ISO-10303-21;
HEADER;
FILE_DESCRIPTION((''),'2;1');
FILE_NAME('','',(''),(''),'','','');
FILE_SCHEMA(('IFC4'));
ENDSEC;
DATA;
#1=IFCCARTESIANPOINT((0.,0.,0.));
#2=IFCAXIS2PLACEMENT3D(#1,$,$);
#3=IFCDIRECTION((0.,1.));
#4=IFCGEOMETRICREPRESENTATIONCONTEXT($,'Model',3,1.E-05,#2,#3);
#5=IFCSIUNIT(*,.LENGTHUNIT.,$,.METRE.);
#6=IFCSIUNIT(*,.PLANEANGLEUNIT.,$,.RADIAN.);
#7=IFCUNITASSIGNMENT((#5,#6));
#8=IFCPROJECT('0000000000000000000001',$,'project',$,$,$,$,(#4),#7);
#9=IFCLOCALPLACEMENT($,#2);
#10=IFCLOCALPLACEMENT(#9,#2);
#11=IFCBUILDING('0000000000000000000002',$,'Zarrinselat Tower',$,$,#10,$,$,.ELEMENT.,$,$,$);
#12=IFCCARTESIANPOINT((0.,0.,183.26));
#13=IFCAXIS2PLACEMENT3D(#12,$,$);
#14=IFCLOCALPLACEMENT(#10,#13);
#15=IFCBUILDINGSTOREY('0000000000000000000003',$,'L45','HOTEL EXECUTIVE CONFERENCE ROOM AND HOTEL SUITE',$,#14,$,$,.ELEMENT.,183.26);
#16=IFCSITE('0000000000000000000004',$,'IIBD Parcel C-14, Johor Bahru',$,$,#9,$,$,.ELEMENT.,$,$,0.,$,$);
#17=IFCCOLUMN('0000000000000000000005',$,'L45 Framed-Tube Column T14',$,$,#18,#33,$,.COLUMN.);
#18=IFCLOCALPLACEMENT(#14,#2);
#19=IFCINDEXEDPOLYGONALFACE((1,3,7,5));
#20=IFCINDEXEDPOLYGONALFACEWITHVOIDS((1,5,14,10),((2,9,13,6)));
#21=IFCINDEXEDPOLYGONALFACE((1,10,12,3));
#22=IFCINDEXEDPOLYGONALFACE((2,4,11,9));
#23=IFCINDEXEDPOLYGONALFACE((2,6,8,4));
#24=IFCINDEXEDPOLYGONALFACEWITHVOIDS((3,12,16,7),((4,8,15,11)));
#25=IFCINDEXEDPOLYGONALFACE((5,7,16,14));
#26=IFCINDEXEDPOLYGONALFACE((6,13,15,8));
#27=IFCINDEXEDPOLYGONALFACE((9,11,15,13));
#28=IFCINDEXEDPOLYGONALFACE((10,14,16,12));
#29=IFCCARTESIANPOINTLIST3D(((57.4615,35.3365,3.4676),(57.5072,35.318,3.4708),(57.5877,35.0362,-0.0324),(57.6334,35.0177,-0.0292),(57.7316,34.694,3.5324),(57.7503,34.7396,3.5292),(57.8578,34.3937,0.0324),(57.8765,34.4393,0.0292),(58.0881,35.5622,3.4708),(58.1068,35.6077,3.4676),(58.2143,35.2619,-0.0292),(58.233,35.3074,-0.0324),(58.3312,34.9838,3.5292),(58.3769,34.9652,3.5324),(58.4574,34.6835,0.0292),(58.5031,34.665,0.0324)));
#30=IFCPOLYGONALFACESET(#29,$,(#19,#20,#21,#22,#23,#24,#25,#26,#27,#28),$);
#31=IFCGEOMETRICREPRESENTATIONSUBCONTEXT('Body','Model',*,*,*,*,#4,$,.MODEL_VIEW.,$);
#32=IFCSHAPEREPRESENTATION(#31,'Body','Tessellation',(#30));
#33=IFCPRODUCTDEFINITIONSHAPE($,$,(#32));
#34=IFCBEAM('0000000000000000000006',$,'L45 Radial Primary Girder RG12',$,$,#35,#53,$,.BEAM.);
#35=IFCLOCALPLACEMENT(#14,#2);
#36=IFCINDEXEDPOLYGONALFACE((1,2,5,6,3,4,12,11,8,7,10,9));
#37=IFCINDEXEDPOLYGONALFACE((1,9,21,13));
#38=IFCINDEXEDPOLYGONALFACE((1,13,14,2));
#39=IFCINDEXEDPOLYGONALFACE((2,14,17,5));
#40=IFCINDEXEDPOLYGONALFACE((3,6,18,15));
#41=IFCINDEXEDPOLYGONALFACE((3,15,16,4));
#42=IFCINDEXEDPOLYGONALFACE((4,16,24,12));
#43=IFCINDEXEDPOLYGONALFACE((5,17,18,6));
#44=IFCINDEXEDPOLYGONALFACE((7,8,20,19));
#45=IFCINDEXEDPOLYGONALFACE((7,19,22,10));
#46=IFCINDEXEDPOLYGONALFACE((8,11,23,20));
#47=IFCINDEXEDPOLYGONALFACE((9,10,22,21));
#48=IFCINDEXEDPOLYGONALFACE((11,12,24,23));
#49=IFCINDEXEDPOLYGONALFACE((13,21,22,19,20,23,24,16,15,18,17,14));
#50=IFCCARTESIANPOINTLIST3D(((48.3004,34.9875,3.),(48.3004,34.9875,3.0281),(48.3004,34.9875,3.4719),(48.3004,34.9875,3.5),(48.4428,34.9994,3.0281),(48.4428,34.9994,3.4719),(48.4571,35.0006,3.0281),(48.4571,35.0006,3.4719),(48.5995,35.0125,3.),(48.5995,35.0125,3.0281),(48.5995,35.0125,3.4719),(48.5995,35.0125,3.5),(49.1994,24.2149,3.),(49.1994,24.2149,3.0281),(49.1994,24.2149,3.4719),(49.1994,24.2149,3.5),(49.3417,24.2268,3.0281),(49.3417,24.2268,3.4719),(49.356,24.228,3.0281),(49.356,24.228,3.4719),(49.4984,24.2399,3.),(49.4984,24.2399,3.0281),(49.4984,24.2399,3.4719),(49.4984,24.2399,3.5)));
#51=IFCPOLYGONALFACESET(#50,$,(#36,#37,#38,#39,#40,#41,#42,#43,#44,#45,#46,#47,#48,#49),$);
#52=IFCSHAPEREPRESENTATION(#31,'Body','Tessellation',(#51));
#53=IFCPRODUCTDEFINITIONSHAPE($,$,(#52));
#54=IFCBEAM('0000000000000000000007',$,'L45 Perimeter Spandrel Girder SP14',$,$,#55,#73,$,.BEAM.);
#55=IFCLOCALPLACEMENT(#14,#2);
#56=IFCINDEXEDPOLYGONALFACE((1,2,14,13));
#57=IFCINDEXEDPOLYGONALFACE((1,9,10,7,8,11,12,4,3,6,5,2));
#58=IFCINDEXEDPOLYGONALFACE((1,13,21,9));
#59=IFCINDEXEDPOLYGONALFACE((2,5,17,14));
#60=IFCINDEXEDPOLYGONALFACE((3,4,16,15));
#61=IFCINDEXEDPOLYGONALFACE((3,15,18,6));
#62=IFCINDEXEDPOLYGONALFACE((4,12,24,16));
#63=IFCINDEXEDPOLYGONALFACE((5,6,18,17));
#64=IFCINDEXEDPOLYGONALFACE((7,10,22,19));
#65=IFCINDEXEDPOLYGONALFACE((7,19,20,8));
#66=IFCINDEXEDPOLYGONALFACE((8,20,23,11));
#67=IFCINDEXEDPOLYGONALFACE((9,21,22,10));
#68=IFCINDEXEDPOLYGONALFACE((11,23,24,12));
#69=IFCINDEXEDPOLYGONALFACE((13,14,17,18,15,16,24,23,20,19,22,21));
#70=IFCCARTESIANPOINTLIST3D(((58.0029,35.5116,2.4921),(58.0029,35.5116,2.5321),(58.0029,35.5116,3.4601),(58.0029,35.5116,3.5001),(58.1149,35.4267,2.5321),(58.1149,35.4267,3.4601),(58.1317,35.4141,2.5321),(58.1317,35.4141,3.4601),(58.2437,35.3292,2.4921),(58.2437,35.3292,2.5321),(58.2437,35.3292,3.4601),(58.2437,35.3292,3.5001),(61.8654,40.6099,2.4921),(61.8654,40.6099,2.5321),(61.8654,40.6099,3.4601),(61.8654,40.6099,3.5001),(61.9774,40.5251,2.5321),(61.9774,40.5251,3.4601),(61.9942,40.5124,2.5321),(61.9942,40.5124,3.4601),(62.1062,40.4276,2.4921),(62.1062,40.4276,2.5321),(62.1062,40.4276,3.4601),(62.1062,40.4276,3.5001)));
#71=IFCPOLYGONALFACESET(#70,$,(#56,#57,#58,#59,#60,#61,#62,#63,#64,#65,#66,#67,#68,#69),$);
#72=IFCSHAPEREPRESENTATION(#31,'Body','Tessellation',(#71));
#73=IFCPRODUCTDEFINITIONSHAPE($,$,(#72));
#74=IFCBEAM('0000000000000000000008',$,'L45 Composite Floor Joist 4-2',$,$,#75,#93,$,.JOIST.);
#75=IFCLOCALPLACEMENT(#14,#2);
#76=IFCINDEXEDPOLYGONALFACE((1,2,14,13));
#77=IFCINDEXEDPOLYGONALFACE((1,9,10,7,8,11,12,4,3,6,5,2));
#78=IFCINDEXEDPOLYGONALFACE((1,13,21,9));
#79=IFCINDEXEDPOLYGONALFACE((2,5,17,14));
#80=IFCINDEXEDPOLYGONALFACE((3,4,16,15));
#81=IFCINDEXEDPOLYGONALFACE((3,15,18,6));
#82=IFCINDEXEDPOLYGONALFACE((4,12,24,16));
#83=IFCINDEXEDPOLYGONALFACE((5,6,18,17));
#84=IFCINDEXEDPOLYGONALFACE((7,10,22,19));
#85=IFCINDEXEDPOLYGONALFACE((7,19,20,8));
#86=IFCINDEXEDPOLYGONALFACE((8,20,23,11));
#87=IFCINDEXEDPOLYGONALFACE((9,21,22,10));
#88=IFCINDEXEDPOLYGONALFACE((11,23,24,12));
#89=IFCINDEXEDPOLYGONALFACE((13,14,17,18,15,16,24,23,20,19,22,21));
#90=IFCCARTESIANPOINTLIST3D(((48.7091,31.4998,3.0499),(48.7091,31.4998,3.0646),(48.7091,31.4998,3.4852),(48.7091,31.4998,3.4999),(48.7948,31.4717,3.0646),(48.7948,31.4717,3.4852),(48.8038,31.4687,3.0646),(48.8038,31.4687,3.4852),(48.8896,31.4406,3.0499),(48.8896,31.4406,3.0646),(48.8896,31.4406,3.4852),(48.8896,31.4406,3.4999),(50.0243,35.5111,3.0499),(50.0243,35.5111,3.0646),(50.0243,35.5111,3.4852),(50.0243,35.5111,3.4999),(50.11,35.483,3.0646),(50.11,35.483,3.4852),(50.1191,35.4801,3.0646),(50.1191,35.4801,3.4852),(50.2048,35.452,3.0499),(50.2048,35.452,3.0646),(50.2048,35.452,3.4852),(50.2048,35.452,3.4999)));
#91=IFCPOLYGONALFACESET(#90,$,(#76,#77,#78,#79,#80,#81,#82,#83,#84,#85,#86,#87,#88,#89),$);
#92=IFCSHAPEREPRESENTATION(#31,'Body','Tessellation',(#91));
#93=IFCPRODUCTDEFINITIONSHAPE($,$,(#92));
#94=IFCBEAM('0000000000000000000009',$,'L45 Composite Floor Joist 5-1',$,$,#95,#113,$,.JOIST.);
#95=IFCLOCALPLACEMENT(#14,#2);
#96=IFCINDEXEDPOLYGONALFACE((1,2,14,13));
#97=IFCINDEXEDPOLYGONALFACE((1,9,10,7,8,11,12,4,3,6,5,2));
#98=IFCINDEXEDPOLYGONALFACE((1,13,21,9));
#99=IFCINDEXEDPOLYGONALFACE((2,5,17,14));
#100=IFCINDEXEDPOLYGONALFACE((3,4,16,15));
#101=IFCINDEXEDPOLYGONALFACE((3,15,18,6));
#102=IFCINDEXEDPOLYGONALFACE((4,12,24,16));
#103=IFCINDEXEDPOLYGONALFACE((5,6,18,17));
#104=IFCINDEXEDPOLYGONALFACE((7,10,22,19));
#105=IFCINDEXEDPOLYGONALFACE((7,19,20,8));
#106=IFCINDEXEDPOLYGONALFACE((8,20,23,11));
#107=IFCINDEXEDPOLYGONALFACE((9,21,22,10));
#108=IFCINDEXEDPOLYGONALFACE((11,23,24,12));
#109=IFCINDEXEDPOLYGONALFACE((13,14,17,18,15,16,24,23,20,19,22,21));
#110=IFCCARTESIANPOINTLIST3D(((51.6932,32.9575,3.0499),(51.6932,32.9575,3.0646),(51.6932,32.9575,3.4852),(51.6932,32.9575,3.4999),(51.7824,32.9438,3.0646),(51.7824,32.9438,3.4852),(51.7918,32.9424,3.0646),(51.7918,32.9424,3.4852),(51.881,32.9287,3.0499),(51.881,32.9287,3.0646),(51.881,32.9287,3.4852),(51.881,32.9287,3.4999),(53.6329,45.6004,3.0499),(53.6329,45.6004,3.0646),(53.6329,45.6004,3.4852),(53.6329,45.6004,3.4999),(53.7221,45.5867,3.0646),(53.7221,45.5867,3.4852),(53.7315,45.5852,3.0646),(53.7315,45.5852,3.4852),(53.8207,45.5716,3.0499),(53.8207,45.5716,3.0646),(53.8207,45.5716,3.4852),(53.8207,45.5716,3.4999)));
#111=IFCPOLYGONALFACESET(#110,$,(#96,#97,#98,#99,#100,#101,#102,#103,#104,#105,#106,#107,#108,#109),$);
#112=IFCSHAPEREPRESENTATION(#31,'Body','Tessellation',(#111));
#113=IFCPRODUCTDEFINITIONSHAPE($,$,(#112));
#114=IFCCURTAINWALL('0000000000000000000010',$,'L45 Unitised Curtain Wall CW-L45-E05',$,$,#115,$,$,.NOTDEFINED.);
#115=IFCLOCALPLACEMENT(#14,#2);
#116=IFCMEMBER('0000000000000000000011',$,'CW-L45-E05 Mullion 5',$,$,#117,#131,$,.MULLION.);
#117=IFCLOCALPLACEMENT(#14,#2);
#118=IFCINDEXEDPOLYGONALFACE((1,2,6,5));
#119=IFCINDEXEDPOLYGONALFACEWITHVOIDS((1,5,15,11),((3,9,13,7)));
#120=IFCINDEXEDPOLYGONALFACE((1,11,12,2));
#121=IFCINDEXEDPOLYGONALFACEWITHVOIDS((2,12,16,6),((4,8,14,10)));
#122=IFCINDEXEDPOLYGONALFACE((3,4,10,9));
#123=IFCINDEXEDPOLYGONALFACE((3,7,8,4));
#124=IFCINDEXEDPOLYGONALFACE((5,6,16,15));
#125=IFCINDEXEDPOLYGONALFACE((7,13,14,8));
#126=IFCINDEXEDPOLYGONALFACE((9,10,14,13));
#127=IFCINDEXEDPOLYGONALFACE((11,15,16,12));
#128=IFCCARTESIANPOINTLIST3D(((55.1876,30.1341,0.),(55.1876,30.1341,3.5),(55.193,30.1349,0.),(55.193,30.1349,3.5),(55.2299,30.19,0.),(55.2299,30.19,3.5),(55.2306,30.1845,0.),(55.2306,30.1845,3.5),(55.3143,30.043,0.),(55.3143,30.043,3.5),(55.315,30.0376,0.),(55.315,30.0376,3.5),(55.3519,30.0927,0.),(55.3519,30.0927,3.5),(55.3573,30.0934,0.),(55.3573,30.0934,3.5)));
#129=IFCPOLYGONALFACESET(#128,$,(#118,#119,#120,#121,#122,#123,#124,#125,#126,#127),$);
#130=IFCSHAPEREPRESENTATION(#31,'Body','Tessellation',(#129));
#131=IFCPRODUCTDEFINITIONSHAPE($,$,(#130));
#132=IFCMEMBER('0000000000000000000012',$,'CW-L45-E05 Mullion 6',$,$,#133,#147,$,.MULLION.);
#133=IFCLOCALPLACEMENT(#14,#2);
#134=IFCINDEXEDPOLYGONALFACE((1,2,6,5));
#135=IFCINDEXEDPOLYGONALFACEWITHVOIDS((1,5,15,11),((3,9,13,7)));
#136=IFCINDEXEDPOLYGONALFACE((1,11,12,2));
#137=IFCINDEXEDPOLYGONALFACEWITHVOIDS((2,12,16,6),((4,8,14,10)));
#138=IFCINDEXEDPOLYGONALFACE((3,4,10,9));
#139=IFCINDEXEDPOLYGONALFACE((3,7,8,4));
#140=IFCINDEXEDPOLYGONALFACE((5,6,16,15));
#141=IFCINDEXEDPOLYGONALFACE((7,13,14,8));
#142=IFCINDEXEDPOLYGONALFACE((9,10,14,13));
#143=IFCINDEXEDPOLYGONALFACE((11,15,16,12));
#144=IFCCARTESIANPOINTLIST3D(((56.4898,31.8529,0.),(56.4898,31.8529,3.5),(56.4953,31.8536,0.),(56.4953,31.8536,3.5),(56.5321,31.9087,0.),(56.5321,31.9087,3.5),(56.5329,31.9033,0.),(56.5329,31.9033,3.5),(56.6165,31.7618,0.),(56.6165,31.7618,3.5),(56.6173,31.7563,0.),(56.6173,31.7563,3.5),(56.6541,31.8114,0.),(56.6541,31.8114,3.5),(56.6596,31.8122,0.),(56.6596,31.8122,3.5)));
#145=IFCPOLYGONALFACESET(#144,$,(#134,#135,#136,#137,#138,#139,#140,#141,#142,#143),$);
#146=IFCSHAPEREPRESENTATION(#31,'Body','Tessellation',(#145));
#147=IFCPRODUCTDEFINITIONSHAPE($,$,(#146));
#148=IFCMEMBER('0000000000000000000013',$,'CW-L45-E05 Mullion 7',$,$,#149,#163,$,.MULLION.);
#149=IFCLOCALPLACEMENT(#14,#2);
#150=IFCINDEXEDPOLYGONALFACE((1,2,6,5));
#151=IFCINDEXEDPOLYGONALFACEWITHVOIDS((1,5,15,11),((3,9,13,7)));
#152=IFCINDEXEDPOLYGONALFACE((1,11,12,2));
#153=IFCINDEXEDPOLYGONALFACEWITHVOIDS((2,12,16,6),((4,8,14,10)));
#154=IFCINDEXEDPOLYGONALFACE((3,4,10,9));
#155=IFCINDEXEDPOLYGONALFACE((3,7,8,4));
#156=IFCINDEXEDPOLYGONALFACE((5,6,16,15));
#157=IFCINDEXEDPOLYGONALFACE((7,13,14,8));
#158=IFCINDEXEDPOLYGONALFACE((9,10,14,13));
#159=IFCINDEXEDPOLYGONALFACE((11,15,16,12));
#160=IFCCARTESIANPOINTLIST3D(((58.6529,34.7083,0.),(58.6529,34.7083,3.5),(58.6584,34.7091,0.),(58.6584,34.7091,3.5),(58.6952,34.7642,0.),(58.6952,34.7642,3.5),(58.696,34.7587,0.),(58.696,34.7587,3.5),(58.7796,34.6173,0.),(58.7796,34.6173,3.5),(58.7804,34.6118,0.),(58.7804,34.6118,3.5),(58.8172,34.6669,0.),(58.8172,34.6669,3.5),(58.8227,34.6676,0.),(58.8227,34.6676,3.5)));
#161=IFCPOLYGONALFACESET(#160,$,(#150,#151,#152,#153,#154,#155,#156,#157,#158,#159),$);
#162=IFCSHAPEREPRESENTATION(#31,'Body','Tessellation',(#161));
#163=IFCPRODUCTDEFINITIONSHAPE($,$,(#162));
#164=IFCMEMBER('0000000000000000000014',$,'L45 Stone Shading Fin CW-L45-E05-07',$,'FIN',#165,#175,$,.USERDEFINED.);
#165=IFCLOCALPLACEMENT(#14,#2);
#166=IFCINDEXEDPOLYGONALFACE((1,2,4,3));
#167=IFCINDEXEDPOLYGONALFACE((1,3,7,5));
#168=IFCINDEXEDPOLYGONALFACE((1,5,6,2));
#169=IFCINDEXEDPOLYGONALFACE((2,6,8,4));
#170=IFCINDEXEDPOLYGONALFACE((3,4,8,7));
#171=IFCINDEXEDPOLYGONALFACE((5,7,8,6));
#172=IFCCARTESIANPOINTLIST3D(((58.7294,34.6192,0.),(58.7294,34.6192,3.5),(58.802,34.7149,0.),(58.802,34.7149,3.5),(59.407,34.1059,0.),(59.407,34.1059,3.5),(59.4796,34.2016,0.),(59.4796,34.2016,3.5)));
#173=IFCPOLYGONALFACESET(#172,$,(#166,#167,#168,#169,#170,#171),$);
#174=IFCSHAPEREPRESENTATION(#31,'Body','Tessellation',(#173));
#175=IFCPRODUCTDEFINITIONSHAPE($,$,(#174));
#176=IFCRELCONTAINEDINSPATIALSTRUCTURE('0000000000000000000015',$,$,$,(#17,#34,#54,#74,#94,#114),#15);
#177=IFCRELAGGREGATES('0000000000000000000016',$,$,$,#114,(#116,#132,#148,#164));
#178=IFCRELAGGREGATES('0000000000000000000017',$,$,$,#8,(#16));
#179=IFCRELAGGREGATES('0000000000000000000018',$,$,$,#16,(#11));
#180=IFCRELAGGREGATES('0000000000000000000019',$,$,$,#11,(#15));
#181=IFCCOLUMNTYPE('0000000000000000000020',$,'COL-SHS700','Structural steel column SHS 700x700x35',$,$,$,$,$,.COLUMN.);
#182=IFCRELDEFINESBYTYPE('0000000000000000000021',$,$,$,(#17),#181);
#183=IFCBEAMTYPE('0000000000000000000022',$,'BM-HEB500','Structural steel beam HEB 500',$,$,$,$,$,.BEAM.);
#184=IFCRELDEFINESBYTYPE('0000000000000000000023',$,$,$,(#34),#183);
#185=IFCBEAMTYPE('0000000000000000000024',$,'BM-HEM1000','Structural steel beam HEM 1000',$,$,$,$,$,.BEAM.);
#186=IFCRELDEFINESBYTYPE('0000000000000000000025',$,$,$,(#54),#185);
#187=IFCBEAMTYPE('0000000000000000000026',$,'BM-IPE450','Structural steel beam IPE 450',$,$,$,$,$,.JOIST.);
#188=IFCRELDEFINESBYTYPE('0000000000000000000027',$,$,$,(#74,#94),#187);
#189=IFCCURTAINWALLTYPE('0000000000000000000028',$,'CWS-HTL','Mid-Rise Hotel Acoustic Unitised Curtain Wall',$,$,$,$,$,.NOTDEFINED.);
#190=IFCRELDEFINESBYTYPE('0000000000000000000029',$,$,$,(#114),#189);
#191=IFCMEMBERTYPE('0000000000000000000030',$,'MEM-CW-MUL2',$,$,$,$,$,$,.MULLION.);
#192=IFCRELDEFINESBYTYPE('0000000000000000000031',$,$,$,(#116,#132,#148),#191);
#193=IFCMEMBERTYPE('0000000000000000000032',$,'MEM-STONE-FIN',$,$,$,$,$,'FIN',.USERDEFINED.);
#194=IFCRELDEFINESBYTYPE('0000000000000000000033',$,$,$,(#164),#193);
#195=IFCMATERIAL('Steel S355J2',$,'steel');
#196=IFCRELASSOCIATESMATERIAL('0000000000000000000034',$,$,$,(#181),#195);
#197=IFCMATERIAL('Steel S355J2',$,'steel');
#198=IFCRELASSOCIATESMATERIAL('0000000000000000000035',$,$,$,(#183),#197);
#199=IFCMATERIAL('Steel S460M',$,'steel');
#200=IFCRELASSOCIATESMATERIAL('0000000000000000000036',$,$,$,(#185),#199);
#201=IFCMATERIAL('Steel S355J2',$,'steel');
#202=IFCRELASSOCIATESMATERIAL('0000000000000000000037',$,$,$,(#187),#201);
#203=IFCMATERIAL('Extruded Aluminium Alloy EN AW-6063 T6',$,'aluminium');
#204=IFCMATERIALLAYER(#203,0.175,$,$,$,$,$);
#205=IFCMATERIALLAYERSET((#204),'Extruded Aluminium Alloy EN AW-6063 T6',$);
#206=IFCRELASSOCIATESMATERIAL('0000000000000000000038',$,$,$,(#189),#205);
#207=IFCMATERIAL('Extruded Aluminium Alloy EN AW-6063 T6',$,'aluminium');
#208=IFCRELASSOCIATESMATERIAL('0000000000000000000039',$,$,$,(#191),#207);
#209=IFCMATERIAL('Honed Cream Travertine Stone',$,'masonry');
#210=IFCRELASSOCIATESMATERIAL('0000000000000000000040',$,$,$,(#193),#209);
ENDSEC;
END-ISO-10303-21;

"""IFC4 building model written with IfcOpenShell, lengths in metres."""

from ifc_helpers import new_model, si_unit, direction, frame, origin, origin_2d, place, context, subcontext, project, spatial, rectangle, hollow_rectangle, i_section, extrude, material, layer, layer_set, material_profile, profile_set, type_object, element, aggregate, save


model = new_model("IFC4")

# Units and contexts
model_context = context("Model", 3, precision=1e-05, world=origin(), true_north=direction((0.0, 1.0)))
body_context = subcontext(model_context, "Body", "Model", "MODEL_VIEW")
ifc_project = project(units=[si_unit("LENGTHUNIT", "METRE"), si_unit("PLANEANGLEUNIT", "RADIAN")], contexts=[model_context])

# Site, building, storey
site_placement = place(None, origin())
site = spatial("IfcSite", under=ifc_project, at=site_placement, Name="IIBD Parcel C-14, Johor Bahru", CompositionType="ELEMENT", RefElevation=0.0)
building_placement = place(site_placement, origin())
building = spatial("IfcBuilding", under=site, at=building_placement, Name="Zarrinselat Tower", CompositionType="ELEMENT")
storey_placement = place(building_placement, frame((0.0, 0.0, 183.26)))
storey = spatial("IfcBuildingStorey", under=building, at=storey_placement, Name="L45", Description="HOTEL EXECUTIVE CONFERENCE ROOM AND HOTEL SUITE", CompositionType="ELEMENT", Elevation=183.26)

# Column
ifc_material_1 = material(Name="Steel S355J2", Category="steel")
ifc_material_profile_1 = material_profile(ifc_material_1, hollow_rectangle(XDim=0.7, YDim=0.7, WallThickness=0.0349, at=origin_2d()), Name="SHS 700x700x35")
ifc_profile_set_1 = profile_set([ifc_material_profile_1], Name="Steel S355J2")
column_type = type_object("IfcColumnType", Name="COL-SHS700", Description="Structural steel column SHS 700x700x35", PredefinedType="COLUMN", material=ifc_profile_set_1)
column_placement = place(storey_placement, frame((58.0454, 34.8506, 0.0), z_axis=(-0.035908, 0.085429, 0.995697), x_axis=(-0.921875, -0.387487, 0.0)))
element("IfcColumn", 1, at=column_placement, inside=storey, type_object=column_type, Name="L45 Framed-Tube Column T14", PredefinedType="COLUMN", context=body_context, shape_type="SweptSolid", body=[
    extrude(hollow_rectangle(XDim=0.7, YDim=0.7, WallThickness=0.0349, at=origin_2d()), origin(), (0.0, 0.0, 1.0), 3.5151),
])

# Beams
ifc_material_2 = material(Name="Steel S355J2", Category="steel")
ifc_material_profile_2 = material_profile(ifc_material_2, i_section(OverallWidth=0.3, OverallDepth=0.5, WebThickness=0.0144, FlangeThickness=0.0281, at=origin_2d()), Name="HEB 500")
ifc_profile_set_2 = profile_set([ifc_material_profile_2], Name="Steel S355J2")
beam_type_1 = type_object("IfcBeamType", Name="BM-HEB500", Description="Structural steel beam HEB 500", PredefinedType="BEAM", material=ifc_profile_set_2)
beam_1_placement = place(storey_placement, frame((48.45, 35.0, 3.25), z_axis=(0.083156, -0.996537, 0.0), x_axis=(0.996537, 0.083156, 0.0)))
element("IfcBeam", 2, at=beam_1_placement, inside=storey, type_object=beam_type_1, Name="L45 Radial Primary Girder RG12", PredefinedType="BEAM", context=body_context, shape_type="SweptSolid", body=[
    extrude(i_section(OverallWidth=0.3, OverallDepth=0.5, WebThickness=0.0144, FlangeThickness=0.0281, at=origin_2d()), origin(), (0.0, 0.0, 1.0), 10.8101),
])
ifc_material_3 = material(Name="Steel S460M", Category="steel")
ifc_material_profile_3 = material_profile(ifc_material_3, i_section(OverallWidth=0.302, OverallDepth=1.0081, WebThickness=0.021, FlangeThickness=0.04, at=origin_2d()), Name="HEM 1000")
ifc_profile_set_3 = profile_set([ifc_material_profile_3], Name="Steel S460M")
beam_type_2 = type_object("IfcBeamType", Name="BM-HEM1000", Description="Structural steel beam HEM 1000", PredefinedType="BEAM", material=ifc_profile_set_3)
beam_2_placement = place(storey_placement, frame((58.1233, 35.4204, 2.9961), z_axis=(0.603871, 0.797082, 0.0), x_axis=(-0.797082, 0.603871, 0.0)))
element("IfcBeam", 3, at=beam_2_placement, inside=storey, type_object=beam_type_2, Name="L45 Perimeter Spandrel Girder SP14", PredefinedType="BEAM", context=body_context, shape_type="SweptSolid", body=[
    extrude(i_section(OverallWidth=0.302, OverallDepth=1.0081, WebThickness=0.021, FlangeThickness=0.04, at=origin_2d()), origin(), (0.0, 0.0, 1.0), 6.3962),
])
ifc_material_4 = material(Name="Steel S355J2", Category="steel")
ifc_material_profile_4 = material_profile(ifc_material_4, i_section(OverallWidth=0.1899, OverallDepth=0.45, WebThickness=0.0095, FlangeThickness=0.0146, at=origin_2d()), Name="IPE 450")
ifc_profile_set_4 = profile_set([ifc_material_profile_4], Name="Steel S355J2")
beam_type_3 = type_object("IfcBeamType", Name="BM-IPE450", Description="Structural steel beam IPE 450", PredefinedType="JOIST", material=ifc_profile_set_4)
beam_3_placement = place(storey_placement, frame((48.7993, 31.4702, 3.2749), z_axis=(0.311557, 0.950228, 0.0), x_axis=(-0.950228, 0.311557, 0.0)))
element("IfcBeam", 4, at=beam_3_placement, inside=storey, type_object=beam_type_3, Name="L45 Composite Floor Joist 4-2", PredefinedType="JOIST", context=body_context, shape_type="SweptSolid", body=[
    extrude(i_section(OverallWidth=0.1899, OverallDepth=0.45, WebThickness=0.0095, FlangeThickness=0.0146, at=origin_2d()), origin(), (0.0, 0.0, 1.0), 4.2214),
])
beam_4_placement = place(storey_placement, frame((51.7871, 32.9431, 3.2749), z_axis=(0.151648, 0.988435, 0.0), x_axis=(-0.988435, 0.151648, 0.0)))
element("IfcBeam", 5, at=beam_4_placement, inside=storey, type_object=beam_type_3, Name="L45 Composite Floor Joist 5-1", PredefinedType="JOIST", context=body_context, shape_type="SweptSolid", body=[
    extrude(i_section(OverallWidth=0.1899, OverallDepth=0.45, WebThickness=0.0095, FlangeThickness=0.0146, at=origin_2d()), origin(), (0.0, 0.0, 1.0), 12.7908),
])

# Curtain wall, members
ifc_material_5 = material(Name="Extruded Aluminium Alloy EN AW-6063 T6", Category="aluminium")
ifc_layer_1 = layer(ifc_material_5, 0.175)
ifc_layer_set_1 = layer_set([ifc_layer_1], Name="Extruded Aluminium Alloy EN AW-6063 T6")
curtain_wall_type = type_object("IfcCurtainWallType", Name="CWS-HTL", Description="Mid-Rise Hotel Acoustic Unitised Curtain Wall", PredefinedType="NOTDEFINED", material=ifc_layer_set_1)
curtain_wall_placement = place(storey_placement, origin())
curtain_wall = element("IfcCurtainWall", 6, at=curtain_wall_placement, inside=storey, type_object=curtain_wall_type, Name="L45 Unitised Curtain Wall CW-L45-E05", PredefinedType="NOTDEFINED")
ifc_material_6 = material(Name="Extruded Aluminium Alloy EN AW-6063 T6", Category="aluminium")
ifc_material_profile_5 = material_profile(ifc_material_6, hollow_rectangle(XDim=0.0701, YDim=0.1599, WallThickness=0.0039, at=origin_2d()), Name="RHS 160x70x4")
ifc_profile_set_5 = profile_set([ifc_material_profile_5], Name="Extruded Aluminium Alloy EN AW-6063 T6")
member_type_1 = type_object("IfcMemberType", Name="MEM-CW-MUL2", PredefinedType="MULLION", material=ifc_profile_set_5)
member_1_placement = place(storey_placement, frame((55.2725, 30.1138, 0.0), z_axis=(0.0, 0.0, 1.0), x_axis=(0.603859, 0.797091, 0.0)))
member_1 = element("IfcMember", 7, at=member_1_placement, type_object=member_type_1, Name="CW-L45-E05 Mullion 5", PredefinedType="MULLION", context=body_context, shape_type="SweptSolid", body=[
    extrude(hollow_rectangle(XDim=0.0701, YDim=0.1599, WallThickness=0.0039, at=origin_2d()), origin(), (0.0, 0.0, 1.0), 3.5),
])
member_2_placement = place(storey_placement, frame((56.5747, 31.8325, 0.0), z_axis=(0.0, 0.0, 1.0), x_axis=(0.603859, 0.797091, 0.0)))
member_2 = element("IfcMember", 8, at=member_2_placement, type_object=member_type_1, Name="CW-L45-E05 Mullion 6", PredefinedType="MULLION", context=body_context, shape_type="SweptSolid", body=[
    extrude(hollow_rectangle(XDim=0.0701, YDim=0.1599, WallThickness=0.0039, at=origin_2d()), origin(), (0.0, 0.0, 1.0), 3.5),
])
member_3_placement = place(storey_placement, frame((58.7378, 34.688, 0.0), z_axis=(0.0, 0.0, 1.0), x_axis=(0.603859, 0.797091, 0.0)))
member_3 = element("IfcMember", 9, at=member_3_placement, type_object=member_type_1, Name="CW-L45-E05 Mullion 7", PredefinedType="MULLION", context=body_context, shape_type="SweptSolid", body=[
    extrude(hollow_rectangle(XDim=0.0701, YDim=0.1599, WallThickness=0.0039, at=origin_2d()), origin(), (0.0, 0.0, 1.0), 3.5),
])
ifc_material_7 = material(Name="Honed Cream Travertine Stone", Category="masonry")
ifc_material_profile_6 = material_profile(ifc_material_7, rectangle(XDim=0.1201, YDim=0.8501, at=origin_2d()), Name="FIN 850x120")
ifc_profile_set_6 = profile_set([ifc_material_profile_6], Name="Honed Cream Travertine Stone")
member_type_2 = type_object("IfcMemberType", Name="MEM-STONE-FIN", ElementType="FIN", PredefinedType="USERDEFINED", material=ifc_profile_set_6)
member_4_placement = place(storey_placement, frame((59.1045, 34.4104, 0.0), z_axis=(0.0, 0.0, 1.0), x_axis=(-0.603859, -0.797091, 0.0)))
member_4 = element("IfcMember", 10, at=member_4_placement, type_object=member_type_2, Name="L45 Stone Shading Fin CW-L45-E05-07", ObjectType="FIN", PredefinedType="USERDEFINED", context=body_context, shape_type="SweptSolid", body=[
    extrude(rectangle(XDim=0.1201, YDim=0.8501, at=origin_2d()), origin(), (0.0, 0.0, 1.0), 3.5),
])
aggregate(curtain_wall, [member_1, member_2, member_3, member_4])

save(model, "model.ifc")
